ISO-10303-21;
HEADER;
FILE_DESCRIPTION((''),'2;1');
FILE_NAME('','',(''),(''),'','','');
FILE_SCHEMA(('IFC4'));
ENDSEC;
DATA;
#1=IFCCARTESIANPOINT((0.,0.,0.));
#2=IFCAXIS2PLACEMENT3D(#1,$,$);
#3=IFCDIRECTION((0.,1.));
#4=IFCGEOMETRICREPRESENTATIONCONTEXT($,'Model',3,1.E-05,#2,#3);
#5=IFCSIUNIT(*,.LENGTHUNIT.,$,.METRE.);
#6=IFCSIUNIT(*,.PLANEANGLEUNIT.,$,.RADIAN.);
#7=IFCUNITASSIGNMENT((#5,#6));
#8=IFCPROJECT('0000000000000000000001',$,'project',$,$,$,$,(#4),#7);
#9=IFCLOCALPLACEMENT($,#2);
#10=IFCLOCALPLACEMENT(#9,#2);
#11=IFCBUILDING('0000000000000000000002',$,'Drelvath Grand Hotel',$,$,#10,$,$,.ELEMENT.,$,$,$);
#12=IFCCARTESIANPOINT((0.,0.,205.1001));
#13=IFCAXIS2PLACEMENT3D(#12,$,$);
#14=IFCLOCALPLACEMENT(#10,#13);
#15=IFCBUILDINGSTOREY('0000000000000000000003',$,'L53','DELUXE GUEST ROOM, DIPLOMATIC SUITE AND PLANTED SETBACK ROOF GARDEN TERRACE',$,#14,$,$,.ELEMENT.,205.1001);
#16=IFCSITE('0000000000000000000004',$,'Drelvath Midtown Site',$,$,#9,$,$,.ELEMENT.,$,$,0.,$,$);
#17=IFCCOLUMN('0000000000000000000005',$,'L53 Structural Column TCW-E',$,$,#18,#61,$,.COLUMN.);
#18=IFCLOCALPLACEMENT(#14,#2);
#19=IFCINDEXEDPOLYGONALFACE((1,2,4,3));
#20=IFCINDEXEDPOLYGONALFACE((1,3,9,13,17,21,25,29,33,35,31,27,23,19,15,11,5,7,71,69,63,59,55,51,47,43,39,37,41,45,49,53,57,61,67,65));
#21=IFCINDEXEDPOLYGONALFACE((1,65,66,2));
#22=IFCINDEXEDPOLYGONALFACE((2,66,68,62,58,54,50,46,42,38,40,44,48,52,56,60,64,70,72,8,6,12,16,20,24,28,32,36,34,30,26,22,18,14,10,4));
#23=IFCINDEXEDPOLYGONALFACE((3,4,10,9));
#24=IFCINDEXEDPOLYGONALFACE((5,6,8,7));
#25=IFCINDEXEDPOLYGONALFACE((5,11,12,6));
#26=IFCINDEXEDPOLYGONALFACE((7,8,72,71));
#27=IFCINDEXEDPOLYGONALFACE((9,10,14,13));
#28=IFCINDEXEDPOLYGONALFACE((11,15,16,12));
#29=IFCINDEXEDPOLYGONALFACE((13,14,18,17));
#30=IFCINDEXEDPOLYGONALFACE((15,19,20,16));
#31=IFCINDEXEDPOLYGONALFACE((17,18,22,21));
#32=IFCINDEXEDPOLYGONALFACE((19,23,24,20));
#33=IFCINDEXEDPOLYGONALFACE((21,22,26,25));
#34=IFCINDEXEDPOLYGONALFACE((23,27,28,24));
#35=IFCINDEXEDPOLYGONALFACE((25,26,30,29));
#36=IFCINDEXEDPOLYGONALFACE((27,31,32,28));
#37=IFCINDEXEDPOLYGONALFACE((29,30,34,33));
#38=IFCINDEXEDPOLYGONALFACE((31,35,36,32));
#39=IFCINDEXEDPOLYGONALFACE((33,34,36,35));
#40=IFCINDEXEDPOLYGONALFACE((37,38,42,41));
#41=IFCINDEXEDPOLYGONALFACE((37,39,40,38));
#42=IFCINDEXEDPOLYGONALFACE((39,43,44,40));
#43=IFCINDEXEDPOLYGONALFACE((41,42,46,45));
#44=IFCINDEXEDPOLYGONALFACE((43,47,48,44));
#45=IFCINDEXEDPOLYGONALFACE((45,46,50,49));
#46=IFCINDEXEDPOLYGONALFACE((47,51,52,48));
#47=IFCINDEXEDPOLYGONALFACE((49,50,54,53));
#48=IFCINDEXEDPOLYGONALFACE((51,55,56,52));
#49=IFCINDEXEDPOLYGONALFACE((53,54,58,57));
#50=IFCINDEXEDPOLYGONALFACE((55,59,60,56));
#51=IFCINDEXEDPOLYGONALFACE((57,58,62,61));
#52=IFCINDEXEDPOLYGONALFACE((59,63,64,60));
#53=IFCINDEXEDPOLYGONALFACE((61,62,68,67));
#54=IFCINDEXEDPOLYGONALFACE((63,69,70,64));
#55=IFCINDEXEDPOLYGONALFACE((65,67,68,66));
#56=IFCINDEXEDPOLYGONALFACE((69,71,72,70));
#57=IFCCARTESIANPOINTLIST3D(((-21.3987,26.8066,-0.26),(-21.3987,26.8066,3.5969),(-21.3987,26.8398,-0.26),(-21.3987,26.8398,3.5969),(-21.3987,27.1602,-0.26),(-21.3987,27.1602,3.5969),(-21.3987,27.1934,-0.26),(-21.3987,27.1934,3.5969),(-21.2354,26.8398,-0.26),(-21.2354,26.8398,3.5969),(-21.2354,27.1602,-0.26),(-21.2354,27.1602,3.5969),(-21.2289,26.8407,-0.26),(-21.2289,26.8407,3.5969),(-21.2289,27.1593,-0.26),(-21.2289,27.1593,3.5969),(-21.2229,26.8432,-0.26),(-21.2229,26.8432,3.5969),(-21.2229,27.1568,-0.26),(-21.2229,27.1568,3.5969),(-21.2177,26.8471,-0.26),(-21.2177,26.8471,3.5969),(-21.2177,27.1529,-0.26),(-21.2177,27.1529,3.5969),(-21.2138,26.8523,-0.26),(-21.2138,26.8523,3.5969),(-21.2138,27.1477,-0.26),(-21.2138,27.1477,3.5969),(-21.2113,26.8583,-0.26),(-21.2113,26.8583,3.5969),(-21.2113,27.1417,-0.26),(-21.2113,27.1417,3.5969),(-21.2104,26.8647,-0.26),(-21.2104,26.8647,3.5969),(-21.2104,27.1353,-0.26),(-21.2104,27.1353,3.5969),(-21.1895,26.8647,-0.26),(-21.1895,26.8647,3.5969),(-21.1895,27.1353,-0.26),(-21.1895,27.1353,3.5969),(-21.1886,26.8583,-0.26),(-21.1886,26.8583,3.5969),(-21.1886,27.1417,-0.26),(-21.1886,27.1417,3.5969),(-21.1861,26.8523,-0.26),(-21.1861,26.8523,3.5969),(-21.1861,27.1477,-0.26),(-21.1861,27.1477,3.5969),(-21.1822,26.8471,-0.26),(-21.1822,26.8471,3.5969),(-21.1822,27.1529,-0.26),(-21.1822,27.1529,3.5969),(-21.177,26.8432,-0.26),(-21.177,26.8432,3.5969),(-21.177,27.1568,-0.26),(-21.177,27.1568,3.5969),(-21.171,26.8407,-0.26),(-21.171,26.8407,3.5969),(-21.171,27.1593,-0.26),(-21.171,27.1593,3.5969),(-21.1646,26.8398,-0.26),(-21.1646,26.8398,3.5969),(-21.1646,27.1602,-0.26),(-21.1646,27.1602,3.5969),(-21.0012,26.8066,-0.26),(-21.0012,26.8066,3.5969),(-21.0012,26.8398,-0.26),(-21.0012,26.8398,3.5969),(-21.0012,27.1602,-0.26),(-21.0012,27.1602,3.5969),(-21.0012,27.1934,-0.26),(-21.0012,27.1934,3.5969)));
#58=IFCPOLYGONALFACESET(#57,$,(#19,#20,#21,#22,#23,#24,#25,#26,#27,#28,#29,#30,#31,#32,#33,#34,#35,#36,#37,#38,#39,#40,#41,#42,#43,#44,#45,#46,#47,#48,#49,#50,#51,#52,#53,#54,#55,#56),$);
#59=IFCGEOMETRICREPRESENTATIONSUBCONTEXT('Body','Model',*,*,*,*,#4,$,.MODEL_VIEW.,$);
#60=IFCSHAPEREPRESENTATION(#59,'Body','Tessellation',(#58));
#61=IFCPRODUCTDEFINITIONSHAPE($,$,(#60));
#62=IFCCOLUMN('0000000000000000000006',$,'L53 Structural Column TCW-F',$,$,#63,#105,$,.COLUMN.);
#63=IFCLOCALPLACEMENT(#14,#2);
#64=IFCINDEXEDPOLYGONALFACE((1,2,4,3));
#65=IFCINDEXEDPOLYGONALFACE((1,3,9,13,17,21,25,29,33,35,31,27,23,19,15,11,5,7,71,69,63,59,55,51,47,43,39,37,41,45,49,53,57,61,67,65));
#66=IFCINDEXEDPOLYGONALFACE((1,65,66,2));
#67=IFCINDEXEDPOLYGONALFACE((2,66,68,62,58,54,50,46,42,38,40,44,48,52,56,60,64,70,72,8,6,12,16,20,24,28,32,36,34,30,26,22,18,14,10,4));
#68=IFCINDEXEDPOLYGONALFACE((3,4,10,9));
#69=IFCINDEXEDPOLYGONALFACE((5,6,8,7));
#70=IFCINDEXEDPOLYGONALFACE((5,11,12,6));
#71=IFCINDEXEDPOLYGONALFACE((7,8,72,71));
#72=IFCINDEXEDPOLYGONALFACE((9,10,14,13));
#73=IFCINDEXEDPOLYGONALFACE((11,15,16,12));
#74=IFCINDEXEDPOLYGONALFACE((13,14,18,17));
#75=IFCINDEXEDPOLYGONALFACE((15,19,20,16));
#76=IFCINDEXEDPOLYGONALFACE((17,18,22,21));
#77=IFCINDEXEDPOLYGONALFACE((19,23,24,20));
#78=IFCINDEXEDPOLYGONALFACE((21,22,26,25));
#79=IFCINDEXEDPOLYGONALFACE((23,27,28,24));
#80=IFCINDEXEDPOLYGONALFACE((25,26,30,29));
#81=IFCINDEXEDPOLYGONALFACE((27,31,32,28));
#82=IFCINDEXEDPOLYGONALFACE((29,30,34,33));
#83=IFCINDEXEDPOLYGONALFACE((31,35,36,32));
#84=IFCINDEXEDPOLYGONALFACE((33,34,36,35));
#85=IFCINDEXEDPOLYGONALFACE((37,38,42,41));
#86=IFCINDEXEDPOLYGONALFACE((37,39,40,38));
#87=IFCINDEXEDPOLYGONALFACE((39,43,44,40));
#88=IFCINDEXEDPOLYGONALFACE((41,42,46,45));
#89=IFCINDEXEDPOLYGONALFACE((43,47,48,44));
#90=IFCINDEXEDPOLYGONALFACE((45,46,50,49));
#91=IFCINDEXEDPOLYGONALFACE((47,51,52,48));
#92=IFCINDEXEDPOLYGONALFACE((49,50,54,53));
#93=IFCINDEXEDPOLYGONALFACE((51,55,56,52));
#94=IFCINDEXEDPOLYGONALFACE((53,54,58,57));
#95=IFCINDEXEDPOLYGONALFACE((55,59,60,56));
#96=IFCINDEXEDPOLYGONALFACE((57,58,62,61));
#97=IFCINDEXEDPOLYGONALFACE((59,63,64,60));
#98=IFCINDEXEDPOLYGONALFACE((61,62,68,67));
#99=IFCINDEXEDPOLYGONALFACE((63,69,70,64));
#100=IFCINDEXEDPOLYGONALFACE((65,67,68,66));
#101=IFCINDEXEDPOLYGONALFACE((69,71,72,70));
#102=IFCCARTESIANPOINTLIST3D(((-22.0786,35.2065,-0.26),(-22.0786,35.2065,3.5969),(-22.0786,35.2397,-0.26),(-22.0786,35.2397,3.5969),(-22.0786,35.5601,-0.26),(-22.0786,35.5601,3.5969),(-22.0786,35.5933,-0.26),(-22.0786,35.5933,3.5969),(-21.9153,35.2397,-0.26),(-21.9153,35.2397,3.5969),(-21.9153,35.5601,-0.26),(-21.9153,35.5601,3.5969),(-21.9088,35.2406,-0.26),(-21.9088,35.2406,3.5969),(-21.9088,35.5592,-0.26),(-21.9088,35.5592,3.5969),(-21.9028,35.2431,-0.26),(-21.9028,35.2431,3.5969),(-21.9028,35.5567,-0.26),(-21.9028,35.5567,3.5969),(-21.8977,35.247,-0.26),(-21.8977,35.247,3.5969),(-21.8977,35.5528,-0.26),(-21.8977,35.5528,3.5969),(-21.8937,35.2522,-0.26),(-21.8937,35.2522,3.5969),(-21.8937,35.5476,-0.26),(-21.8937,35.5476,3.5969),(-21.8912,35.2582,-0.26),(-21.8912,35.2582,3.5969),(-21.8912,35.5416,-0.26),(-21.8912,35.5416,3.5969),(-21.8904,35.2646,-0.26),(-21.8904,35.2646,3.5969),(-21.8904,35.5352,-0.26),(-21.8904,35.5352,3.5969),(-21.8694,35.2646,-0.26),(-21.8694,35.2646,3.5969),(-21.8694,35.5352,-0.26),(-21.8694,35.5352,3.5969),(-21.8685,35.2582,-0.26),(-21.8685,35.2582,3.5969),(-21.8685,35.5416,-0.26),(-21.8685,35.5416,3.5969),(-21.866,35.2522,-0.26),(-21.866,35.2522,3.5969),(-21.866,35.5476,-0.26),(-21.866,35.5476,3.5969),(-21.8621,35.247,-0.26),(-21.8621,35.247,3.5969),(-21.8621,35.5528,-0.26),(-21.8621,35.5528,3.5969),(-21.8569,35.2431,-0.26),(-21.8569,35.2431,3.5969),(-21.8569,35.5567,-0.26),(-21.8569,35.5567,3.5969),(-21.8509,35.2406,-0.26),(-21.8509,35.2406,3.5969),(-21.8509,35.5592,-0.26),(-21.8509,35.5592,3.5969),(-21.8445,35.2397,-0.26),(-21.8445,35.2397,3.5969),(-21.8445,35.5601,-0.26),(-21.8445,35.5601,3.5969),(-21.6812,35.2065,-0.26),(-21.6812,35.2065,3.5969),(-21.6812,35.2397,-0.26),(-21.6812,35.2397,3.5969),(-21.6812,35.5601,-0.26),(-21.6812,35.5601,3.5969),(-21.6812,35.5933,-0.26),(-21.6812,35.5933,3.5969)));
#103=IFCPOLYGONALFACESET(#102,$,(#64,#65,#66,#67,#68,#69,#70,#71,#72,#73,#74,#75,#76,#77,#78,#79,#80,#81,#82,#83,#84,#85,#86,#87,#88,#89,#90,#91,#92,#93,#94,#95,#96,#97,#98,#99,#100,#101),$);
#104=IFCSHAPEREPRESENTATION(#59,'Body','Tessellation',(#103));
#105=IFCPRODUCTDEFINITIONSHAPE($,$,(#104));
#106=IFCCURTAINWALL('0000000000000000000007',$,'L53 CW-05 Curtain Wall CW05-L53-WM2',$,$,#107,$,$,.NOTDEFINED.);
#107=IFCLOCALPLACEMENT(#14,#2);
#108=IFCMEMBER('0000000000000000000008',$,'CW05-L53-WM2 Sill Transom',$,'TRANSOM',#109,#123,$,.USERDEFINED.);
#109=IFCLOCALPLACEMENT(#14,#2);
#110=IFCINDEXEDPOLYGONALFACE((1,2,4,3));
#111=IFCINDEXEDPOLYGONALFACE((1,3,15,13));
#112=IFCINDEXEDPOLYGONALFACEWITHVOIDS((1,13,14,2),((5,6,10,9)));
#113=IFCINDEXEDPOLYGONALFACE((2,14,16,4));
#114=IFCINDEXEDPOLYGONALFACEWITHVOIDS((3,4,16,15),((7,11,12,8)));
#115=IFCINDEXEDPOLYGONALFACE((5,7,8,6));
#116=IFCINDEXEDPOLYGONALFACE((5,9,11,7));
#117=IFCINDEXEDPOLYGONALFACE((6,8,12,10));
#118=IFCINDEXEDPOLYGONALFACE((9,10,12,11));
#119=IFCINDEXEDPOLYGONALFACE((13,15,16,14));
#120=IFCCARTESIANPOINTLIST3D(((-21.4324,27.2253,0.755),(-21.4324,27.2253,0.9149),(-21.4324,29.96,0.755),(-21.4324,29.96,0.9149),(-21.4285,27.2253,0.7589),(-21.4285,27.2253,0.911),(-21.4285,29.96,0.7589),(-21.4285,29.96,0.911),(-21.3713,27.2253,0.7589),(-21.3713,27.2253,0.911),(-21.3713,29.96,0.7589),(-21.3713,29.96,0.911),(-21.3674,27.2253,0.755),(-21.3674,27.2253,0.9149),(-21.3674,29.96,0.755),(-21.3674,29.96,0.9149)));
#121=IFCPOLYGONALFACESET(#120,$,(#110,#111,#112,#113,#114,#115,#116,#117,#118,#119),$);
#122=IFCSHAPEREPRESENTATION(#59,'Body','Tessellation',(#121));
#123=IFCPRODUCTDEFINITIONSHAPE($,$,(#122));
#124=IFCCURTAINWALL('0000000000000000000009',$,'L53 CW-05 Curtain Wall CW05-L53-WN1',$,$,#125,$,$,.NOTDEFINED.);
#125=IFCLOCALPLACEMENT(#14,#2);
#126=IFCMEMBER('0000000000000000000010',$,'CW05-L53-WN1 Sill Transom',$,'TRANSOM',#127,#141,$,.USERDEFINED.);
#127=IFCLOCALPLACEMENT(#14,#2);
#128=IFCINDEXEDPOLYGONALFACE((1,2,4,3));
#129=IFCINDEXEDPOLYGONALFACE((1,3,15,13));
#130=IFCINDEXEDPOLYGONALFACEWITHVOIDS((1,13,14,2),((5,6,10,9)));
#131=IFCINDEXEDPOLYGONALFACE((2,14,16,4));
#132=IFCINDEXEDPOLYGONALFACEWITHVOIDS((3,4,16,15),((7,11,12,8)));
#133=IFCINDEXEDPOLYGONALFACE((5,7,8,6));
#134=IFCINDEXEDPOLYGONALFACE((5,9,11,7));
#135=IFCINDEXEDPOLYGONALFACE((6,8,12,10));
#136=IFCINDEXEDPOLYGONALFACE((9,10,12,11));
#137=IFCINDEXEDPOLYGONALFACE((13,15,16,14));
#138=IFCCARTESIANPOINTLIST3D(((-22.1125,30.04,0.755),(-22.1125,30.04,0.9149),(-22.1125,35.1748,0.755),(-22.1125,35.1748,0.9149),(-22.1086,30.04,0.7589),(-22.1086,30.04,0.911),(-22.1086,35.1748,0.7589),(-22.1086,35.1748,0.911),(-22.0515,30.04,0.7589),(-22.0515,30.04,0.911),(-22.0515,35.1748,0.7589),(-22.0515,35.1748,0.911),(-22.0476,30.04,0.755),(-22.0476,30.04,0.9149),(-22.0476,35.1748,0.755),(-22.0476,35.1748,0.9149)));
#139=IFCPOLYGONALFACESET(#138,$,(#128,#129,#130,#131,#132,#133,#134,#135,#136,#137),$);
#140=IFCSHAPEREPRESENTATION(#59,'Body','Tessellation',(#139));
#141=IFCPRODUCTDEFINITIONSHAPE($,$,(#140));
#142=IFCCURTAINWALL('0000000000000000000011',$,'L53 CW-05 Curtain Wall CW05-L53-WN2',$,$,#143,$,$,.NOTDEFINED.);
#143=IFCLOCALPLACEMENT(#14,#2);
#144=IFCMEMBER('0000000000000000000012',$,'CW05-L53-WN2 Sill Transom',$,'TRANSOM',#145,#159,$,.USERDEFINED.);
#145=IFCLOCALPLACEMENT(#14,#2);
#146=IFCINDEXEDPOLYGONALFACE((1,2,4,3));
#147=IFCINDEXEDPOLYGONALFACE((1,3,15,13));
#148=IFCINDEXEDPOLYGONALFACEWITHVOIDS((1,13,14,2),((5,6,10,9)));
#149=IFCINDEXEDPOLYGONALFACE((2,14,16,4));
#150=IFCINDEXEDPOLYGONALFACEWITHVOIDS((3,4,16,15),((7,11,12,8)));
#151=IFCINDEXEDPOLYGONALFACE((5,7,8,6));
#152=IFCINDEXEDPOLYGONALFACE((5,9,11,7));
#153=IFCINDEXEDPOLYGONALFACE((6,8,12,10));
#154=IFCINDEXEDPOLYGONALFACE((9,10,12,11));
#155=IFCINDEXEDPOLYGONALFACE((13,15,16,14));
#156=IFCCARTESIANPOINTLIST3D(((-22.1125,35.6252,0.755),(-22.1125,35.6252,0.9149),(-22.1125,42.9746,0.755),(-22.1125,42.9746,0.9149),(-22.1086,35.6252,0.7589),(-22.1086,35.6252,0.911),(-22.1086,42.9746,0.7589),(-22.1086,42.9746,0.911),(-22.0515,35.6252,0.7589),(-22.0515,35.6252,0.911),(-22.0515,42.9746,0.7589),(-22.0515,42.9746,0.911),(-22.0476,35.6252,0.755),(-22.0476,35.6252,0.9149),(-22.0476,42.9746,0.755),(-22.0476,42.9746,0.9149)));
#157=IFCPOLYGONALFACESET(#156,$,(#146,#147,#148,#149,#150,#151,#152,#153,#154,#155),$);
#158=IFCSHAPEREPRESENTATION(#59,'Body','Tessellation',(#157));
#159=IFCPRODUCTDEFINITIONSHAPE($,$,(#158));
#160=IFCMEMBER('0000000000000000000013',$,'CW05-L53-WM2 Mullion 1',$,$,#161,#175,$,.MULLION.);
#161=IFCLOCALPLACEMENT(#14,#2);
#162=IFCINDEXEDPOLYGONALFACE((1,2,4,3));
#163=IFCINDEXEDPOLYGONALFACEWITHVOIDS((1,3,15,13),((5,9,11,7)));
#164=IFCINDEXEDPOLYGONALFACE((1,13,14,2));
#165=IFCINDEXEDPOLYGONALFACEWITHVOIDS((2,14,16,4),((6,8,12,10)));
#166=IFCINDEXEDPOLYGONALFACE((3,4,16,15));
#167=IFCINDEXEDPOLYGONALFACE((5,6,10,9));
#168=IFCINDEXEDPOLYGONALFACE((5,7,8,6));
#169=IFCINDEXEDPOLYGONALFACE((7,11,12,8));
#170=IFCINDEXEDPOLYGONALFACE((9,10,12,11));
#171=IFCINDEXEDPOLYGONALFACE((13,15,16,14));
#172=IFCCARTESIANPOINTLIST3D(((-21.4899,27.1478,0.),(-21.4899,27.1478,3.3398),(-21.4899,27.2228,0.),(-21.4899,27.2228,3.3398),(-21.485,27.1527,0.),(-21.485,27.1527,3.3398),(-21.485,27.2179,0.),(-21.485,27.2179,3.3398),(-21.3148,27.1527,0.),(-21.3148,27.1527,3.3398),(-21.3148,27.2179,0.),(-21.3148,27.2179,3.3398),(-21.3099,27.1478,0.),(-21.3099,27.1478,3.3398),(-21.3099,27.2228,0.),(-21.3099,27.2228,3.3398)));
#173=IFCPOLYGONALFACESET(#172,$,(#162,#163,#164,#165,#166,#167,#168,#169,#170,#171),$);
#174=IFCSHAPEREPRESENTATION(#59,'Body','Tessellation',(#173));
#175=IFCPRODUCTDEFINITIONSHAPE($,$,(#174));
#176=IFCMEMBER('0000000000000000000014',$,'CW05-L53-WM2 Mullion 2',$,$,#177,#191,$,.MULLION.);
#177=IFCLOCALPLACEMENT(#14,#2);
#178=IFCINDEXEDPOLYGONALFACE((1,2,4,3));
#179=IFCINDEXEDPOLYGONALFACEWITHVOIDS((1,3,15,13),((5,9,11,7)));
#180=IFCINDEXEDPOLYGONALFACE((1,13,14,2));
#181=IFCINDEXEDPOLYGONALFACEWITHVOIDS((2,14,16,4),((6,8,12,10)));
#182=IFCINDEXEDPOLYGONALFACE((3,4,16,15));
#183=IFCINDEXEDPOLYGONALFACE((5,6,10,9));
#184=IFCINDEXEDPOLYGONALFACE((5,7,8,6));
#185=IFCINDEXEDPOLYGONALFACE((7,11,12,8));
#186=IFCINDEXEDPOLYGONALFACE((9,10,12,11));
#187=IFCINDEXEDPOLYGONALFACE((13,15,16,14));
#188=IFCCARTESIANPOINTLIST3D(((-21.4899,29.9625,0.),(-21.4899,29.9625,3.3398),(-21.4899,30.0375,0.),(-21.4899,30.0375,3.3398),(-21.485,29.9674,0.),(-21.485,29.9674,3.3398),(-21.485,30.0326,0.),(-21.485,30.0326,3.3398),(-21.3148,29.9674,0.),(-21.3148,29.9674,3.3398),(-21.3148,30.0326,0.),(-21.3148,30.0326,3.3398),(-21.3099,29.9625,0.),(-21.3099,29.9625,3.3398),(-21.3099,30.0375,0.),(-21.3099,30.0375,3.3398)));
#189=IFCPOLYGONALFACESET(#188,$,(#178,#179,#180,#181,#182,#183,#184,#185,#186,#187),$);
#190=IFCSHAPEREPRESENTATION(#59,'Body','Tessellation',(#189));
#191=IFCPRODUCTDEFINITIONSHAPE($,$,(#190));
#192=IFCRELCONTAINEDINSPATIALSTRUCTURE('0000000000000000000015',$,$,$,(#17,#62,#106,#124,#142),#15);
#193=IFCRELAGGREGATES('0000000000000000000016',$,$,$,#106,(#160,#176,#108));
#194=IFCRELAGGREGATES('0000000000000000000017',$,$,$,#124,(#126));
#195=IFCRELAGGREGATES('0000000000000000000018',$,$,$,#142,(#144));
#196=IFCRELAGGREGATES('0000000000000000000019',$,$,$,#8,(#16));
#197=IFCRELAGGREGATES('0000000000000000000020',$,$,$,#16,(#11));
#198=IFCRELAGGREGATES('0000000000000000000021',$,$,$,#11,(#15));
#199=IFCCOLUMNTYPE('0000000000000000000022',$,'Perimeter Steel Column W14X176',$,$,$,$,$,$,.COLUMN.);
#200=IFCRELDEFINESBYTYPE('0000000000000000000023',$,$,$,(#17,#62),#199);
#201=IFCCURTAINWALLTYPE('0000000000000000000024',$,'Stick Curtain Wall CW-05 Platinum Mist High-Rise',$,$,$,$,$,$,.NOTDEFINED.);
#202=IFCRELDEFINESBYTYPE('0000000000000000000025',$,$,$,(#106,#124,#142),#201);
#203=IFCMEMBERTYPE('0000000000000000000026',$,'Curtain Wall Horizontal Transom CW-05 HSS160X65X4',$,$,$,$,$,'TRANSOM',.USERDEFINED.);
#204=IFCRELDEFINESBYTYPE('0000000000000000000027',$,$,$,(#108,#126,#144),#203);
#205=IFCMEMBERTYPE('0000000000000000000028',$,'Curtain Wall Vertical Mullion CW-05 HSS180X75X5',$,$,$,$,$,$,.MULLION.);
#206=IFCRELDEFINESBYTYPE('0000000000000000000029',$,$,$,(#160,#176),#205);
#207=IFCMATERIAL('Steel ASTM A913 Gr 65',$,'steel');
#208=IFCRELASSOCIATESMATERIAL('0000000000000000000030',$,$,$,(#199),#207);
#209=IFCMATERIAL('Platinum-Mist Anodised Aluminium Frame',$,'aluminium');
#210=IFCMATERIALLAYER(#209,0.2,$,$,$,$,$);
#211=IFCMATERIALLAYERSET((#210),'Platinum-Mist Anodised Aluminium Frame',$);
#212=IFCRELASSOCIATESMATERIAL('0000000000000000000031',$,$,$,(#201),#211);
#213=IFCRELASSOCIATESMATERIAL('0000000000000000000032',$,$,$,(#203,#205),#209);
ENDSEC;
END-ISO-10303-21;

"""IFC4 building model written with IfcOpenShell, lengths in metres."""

from ifc_helpers import new_model, si_unit, direction, frame, origin, origin_2d, place, context, subcontext, project, spatial, hollow_rectangle, i_section, extrude, material, layer, layer_set, material_profile, profile_set, type_object, element, aggregate, save


model = new_model("IFC4")

# Units and contexts
model_context = context("Model", 3, precision=1e-05, world=origin(), true_north=direction((0.0, 1.0)))
body_context = subcontext(model_context, "Body", "Model", "MODEL_VIEW")
ifc_project = project(units=[si_unit("LENGTHUNIT", "METRE"), si_unit("PLANEANGLEUNIT", "RADIAN")], contexts=[model_context])

# Site, building, storey
site_placement = place(None, origin())
site = spatial("IfcSite", under=ifc_project, at=site_placement, Name="Drelvath Midtown Site", CompositionType="ELEMENT", RefElevation=0.0)
building_placement = place(site_placement, origin())
building = spatial("IfcBuilding", under=site, at=building_placement, Name="Drelvath Grand Hotel", CompositionType="ELEMENT")
storey_placement = place(building_placement, frame((0.0, 0.0, 205.1001)))
storey = spatial("IfcBuildingStorey", under=building, at=storey_placement, Name="L53", Description="DELUXE GUEST ROOM, DIPLOMATIC SUITE AND PLANTED SETBACK ROOF GARDEN TERRACE", CompositionType="ELEMENT", Elevation=205.1001)

# Columns
ifc_material_1 = material(Name="Steel ASTM A913 Gr 65", Category="steel")
ifc_material_profile_1 = material_profile(ifc_material_1, i_section(OverallWidth=0.3975, OverallDepth=0.3867, WebThickness=0.021, FlangeThickness=0.0332, FilletRadius=0.0249, at=origin_2d()), Name="W14X176")
ifc_profile_set_1 = profile_set([ifc_material_profile_1], Name="Steel ASTM A913 Gr 65")
column_type = type_object("IfcColumnType", Name="Perimeter Steel Column W14X176", PredefinedType="COLUMN", material=ifc_profile_set_1)
for number, where, z_axis, x_axis, name in (
    (1, (-21.2, 27.0, -0.26), (0.0, 0.0, 1.0), (1.0, 0.0, 0.0), "L53 Structural Column TCW-E"),
    (2, (-21.8799, 35.3999, -0.26), (0.0, 0.0, 1.0), (1.0, 0.0, 0.0), "L53 Structural Column TCW-F"),
):
    element("IfcColumn", number, at=place(storey_placement, frame(where, z_axis=z_axis, x_axis=x_axis)), inside=storey, type_object=column_type, Name=name, PredefinedType="COLUMN", context=body_context, shape_type="SweptSolid", body=[
        extrude(i_section(OverallWidth=0.3975, OverallDepth=0.3867, WebThickness=0.021, FlangeThickness=0.0332, FilletRadius=0.0249, at=origin_2d()), origin(), (0.0, 0.0, 1.0), 3.8569),
    ])

# Curtain walls, members
ifc_material_2 = material(Name="Platinum-Mist Anodised Aluminium Frame", Category="aluminium")
ifc_layer_1 = layer(ifc_material_2, 0.2)
ifc_layer_set_1 = layer_set([ifc_layer_1], Name="Platinum-Mist Anodised Aluminium Frame")
curtain_wall_type = type_object("IfcCurtainWallType", Name="Stick Curtain Wall CW-05 Platinum Mist High-Rise", PredefinedType="NOTDEFINED", material=ifc_layer_set_1)
curtain_wall_1_placement = place(storey_placement, origin())
curtain_wall_1 = element("IfcCurtainWall", 3, at=curtain_wall_1_placement, inside=storey, type_object=curtain_wall_type, Name="L53 CW-05 Curtain Wall CW05-L53-WM2", PredefinedType="NOTDEFINED")
ifc_material_profile_2 = material_profile(ifc_material_2, hollow_rectangle(XDim=0.0649, YDim=0.1599, WallThickness=0.0039, at=origin_2d()), Name="HSS160X65X4")
ifc_profile_set_2 = profile_set([ifc_material_profile_2], Name="Platinum-Mist Anodised Aluminium Frame")
member_type_1 = type_object("IfcMemberType", Name="Curtain Wall Horizontal Transom CW-05 HSS160X65X4", ElementType="TRANSOM", PredefinedType="USERDEFINED", material=ifc_profile_set_2)
member_1_placement = place(storey_placement, frame((-21.3999, 27.2253, 0.835), z_axis=(0.0, 1.0, 0.0), x_axis=(-1.0, 0.0, 0.0)))
member_1 = element("IfcMember", 4, at=member_1_placement, type_object=member_type_1, Name="CW05-L53-WM2 Sill Transom", ObjectType="TRANSOM", PredefinedType="USERDEFINED", context=body_context, shape_type="SweptSolid", body=[
    extrude(hollow_rectangle(XDim=0.0649, YDim=0.1599, WallThickness=0.0039, at=origin_2d()), origin(), (0.0, 0.0, 1.0), 2.7346),
])
curtain_wall_2_placement = place(storey_placement, origin())
curtain_wall_2 = element("IfcCurtainWall", 5, at=curtain_wall_2_placement, inside=storey, type_object=curtain_wall_type, Name="L53 CW-05 Curtain Wall CW05-L53-WN1", PredefinedType="NOTDEFINED")
member_2_placement = place(storey_placement, frame((-22.0801, 30.04, 0.835), z_axis=(0.0, 1.0, 0.0), x_axis=(-1.0, 0.0, 0.0)))
member_2 = element("IfcMember", 6, at=member_2_placement, type_object=member_type_1, Name="CW05-L53-WN1 Sill Transom", ObjectType="TRANSOM", PredefinedType="USERDEFINED", context=body_context, shape_type="SweptSolid", body=[
    extrude(hollow_rectangle(XDim=0.0649, YDim=0.1599, WallThickness=0.0039, at=origin_2d()), origin(), (0.0, 0.0, 1.0), 5.1348),
])
curtain_wall_3_placement = place(storey_placement, origin())
curtain_wall_3 = element("IfcCurtainWall", 7, at=curtain_wall_3_placement, inside=storey, type_object=curtain_wall_type, Name="L53 CW-05 Curtain Wall CW05-L53-WN2", PredefinedType="NOTDEFINED")
member_3_placement = place(storey_placement, frame((-22.0801, 35.6252, 0.835), z_axis=(0.0, 1.0, 0.0), x_axis=(-1.0, 0.0, 0.0)))
member_3 = element("IfcMember", 8, at=member_3_placement, type_object=member_type_1, Name="CW05-L53-WN2 Sill Transom", ObjectType="TRANSOM", PredefinedType="USERDEFINED", context=body_context, shape_type="SweptSolid", body=[
    extrude(hollow_rectangle(XDim=0.0649, YDim=0.1599, WallThickness=0.0039, at=origin_2d()), origin(), (0.0, 0.0, 1.0), 7.3494),
])

# Members
ifc_material_profile_3 = material_profile(ifc_material_2, hollow_rectangle(XDim=0.075, YDim=0.1799, WallThickness=0.0049, at=origin_2d()), Name="HSS180X75X5")
ifc_profile_set_3 = profile_set([ifc_material_profile_3], Name="Platinum-Mist Anodised Aluminium Frame")
member_type_2 = type_object("IfcMemberType", Name="Curtain Wall Vertical Mullion CW-05 HSS180X75X5", PredefinedType="MULLION", material=ifc_profile_set_3)
member_4_placement = place(storey_placement, frame((-21.3999, 27.1853, 0.0), z_axis=(0.0, 0.0, 1.0), x_axis=(0.0, 1.0, 0.0)))
member_4 = element("IfcMember", 9, at=member_4_placement, type_object=member_type_2, Name="CW05-L53-WM2 Mullion 1", PredefinedType="MULLION", context=body_context, shape_type="SweptSolid", body=[
    extrude(hollow_rectangle(XDim=0.075, YDim=0.1799, WallThickness=0.0049, at=origin_2d()), origin(), (0.0, 0.0, 1.0), 3.3398),
])
member_5_placement = place(storey_placement, frame((-21.3999, 30.0, 0.0), z_axis=(0.0, 0.0, 1.0), x_axis=(0.0, 1.0, 0.0)))
member_5 = element("IfcMember", 10, at=member_5_placement, type_object=member_type_2, Name="CW05-L53-WM2 Mullion 2", PredefinedType="MULLION", context=body_context, shape_type="SweptSolid", body=[
    extrude(hollow_rectangle(XDim=0.075, YDim=0.1799, WallThickness=0.0049, at=origin_2d()), origin(), (0.0, 0.0, 1.0), 3.3398),
])

aggregate(curtain_wall_1, [member_4, member_5, member_1])
aggregate(curtain_wall_2, [member_2])
aggregate(curtain_wall_3, [member_3])

save(model, "model.ifc")
